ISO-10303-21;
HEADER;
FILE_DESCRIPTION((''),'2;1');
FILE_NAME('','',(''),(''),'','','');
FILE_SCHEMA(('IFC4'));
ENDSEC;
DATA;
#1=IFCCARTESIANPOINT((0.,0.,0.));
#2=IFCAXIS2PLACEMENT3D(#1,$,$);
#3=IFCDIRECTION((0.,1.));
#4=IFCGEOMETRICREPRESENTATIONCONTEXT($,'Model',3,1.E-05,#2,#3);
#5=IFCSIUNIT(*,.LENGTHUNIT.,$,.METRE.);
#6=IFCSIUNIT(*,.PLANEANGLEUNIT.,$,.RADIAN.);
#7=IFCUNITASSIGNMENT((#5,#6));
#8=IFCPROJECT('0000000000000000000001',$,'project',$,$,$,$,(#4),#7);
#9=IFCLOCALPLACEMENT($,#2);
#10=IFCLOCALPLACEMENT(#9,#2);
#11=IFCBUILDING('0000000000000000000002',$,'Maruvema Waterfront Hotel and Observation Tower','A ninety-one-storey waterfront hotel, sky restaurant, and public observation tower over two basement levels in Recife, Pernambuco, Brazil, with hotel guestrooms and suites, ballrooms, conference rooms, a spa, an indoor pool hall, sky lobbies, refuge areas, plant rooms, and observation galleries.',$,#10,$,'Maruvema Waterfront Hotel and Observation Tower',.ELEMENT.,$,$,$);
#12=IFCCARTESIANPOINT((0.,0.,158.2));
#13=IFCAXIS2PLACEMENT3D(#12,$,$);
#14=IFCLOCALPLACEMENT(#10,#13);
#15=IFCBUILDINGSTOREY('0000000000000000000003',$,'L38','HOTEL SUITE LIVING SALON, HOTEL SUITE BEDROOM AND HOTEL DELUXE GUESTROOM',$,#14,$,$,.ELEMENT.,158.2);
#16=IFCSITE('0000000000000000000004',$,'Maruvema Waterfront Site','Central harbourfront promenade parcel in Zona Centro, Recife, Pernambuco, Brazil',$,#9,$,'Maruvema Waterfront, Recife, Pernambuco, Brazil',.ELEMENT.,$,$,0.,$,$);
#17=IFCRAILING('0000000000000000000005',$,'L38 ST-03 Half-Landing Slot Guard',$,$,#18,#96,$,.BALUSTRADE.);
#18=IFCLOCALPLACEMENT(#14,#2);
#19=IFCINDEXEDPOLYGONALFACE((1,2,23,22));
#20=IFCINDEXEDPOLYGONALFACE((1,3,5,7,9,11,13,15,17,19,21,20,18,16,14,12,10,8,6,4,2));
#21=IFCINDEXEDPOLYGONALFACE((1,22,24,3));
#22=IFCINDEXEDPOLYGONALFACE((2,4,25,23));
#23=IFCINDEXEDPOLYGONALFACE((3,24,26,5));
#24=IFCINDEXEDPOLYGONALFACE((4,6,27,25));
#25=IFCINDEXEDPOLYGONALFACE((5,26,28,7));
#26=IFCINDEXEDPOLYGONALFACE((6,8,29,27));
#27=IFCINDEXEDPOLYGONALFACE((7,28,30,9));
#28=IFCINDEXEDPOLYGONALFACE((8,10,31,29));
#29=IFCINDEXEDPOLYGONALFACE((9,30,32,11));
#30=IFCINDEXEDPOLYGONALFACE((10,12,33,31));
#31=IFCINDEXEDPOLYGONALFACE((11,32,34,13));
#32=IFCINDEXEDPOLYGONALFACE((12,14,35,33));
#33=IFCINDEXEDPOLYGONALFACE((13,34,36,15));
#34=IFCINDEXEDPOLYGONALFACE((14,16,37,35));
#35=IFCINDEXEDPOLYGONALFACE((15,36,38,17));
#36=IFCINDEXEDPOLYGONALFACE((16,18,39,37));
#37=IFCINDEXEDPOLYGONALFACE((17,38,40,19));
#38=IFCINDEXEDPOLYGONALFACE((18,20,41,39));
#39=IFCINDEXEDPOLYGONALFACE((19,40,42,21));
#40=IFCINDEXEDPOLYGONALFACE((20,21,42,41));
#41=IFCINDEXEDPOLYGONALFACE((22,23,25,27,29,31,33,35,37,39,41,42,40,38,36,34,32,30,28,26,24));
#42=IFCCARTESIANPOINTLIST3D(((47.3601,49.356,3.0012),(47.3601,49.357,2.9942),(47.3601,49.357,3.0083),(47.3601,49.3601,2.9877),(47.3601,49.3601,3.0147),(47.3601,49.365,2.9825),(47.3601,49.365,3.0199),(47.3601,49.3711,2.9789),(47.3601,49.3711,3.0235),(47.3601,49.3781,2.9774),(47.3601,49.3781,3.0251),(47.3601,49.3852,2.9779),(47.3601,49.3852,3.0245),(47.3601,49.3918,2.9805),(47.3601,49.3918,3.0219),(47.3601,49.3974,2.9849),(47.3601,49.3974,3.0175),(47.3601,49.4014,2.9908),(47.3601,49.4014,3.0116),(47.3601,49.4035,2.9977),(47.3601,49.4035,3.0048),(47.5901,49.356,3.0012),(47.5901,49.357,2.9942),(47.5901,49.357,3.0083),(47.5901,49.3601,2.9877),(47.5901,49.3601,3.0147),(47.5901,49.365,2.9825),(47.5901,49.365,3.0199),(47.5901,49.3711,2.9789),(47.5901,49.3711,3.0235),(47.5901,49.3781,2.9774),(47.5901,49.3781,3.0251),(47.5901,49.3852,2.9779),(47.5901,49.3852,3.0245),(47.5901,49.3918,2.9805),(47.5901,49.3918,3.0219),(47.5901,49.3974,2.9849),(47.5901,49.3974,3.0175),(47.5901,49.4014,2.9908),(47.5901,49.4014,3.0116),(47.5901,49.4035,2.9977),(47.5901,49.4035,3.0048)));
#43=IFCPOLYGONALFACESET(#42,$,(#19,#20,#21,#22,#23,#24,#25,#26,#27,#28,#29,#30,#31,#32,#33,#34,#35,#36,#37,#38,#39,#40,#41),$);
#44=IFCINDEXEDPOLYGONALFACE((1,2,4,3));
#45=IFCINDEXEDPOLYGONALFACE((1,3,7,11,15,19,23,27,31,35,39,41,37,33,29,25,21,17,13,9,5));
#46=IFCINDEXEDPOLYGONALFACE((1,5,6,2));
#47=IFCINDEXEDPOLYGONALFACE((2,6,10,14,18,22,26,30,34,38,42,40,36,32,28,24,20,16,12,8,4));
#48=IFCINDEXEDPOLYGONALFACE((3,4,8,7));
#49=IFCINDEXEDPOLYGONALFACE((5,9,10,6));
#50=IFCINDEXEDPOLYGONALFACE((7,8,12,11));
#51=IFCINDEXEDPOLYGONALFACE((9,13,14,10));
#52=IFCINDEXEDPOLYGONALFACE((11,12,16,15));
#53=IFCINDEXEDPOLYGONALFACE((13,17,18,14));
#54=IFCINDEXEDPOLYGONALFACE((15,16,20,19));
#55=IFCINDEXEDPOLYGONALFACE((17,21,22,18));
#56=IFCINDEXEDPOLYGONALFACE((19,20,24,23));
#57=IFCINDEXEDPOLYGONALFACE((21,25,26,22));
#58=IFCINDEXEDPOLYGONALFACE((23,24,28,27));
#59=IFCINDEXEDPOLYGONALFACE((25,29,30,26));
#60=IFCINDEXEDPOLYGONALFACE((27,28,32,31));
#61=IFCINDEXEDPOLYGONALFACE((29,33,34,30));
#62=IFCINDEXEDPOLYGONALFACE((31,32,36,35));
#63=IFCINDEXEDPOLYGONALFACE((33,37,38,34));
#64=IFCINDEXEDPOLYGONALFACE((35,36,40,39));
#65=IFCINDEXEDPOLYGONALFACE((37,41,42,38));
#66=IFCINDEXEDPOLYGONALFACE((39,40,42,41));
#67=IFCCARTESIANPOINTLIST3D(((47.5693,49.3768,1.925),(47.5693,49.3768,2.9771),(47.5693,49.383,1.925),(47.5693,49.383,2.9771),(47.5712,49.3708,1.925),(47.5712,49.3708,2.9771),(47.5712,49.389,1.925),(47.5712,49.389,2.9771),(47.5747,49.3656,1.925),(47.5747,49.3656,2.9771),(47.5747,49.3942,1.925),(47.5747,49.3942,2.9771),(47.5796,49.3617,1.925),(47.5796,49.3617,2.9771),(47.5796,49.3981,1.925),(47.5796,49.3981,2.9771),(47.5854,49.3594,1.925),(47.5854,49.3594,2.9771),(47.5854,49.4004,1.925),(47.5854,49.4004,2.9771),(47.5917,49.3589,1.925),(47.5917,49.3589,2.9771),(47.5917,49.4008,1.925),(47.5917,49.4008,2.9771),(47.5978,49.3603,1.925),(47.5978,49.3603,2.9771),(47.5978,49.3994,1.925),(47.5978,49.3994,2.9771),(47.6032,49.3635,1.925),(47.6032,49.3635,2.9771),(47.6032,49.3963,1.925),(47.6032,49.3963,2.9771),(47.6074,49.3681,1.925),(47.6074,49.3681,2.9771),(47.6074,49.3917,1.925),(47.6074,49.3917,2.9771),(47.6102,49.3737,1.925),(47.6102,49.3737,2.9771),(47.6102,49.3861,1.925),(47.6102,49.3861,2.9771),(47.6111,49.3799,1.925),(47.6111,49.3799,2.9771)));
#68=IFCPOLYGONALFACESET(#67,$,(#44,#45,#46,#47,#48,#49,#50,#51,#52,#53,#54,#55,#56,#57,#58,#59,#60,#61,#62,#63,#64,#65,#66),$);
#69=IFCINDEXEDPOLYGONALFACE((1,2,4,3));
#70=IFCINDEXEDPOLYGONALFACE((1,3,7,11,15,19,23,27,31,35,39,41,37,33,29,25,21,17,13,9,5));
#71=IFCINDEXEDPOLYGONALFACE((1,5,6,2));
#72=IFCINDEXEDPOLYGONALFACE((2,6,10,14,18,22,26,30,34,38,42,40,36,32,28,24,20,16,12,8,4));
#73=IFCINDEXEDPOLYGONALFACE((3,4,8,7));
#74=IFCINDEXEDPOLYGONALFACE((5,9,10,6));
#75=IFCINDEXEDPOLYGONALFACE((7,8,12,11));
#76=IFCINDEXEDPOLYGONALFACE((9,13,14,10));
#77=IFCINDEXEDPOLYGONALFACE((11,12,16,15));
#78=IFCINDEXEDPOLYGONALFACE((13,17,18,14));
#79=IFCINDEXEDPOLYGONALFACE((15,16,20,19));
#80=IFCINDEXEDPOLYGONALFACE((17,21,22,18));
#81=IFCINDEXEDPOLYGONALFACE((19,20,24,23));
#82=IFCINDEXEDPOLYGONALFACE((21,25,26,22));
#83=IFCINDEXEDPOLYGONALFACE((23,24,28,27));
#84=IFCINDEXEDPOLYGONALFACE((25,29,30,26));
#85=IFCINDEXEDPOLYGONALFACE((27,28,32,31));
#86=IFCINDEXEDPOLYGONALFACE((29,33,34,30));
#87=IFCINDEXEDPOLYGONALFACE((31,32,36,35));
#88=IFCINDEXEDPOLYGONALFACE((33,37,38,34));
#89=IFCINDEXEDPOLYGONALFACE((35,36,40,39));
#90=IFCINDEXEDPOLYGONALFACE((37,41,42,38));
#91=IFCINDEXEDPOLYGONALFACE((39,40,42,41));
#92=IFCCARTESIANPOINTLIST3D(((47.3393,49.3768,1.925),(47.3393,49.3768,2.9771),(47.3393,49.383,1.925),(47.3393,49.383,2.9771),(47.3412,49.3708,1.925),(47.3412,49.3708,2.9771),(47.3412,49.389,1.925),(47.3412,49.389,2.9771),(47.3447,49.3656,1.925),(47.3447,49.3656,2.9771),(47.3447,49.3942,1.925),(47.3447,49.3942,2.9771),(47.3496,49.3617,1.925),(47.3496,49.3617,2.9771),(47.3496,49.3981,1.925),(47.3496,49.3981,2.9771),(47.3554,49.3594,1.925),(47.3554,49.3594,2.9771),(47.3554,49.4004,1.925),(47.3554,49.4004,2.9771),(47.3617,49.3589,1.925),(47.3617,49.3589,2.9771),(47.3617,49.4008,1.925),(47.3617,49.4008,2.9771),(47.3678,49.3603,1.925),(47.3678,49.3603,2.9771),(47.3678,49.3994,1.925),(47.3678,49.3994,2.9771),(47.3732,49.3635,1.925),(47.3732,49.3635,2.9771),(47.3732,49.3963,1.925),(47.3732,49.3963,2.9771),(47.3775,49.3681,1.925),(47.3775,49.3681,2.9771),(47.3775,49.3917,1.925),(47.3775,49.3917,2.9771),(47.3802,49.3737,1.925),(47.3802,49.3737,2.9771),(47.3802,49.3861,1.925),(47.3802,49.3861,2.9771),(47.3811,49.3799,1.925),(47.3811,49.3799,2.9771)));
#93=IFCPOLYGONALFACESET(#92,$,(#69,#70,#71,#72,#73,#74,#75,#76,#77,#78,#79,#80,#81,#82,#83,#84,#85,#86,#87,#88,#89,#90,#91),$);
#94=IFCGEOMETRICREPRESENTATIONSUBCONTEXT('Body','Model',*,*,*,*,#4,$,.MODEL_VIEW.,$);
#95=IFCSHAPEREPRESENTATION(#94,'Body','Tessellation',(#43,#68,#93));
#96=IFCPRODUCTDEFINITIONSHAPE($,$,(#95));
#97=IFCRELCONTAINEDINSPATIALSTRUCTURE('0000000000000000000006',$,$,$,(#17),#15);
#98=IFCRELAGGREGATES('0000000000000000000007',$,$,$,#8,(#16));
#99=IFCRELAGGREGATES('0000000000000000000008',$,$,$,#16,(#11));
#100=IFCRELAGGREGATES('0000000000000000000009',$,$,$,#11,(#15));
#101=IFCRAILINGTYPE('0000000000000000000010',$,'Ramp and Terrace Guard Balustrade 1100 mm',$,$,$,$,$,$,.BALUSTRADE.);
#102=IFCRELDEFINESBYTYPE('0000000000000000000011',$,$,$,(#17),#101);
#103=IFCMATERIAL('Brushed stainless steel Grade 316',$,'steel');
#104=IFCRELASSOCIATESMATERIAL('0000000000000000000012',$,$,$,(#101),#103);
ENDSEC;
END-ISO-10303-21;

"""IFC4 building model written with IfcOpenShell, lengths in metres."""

from ifc_helpers import new_model, si_unit, direction, frame, origin, origin_2d, place, context, subcontext, project, spatial, circle, extrude, material, type_object, element, save


model = new_model("IFC4")

# Units and contexts
model_context = context("Model", 3, precision=1e-05, world=origin(), true_north=direction((0.0, 1.0)))
body_context = subcontext(model_context, "Body", "Model", "MODEL_VIEW")
ifc_project = project(units=[si_unit("LENGTHUNIT", "METRE"), si_unit("PLANEANGLEUNIT", "RADIAN")], contexts=[model_context])

# Site, building, storey
site_placement = place(None, origin())
site = spatial("IfcSite", under=ifc_project, at=site_placement, Name="Maruvema Waterfront Site", Description="Central harbourfront promenade parcel in Zona Centro, Recife, Pernambuco, Brazil", LongName="Maruvema Waterfront, Recife, Pernambuco, Brazil", CompositionType="ELEMENT", RefElevation=0.0)
building_placement = place(site_placement, origin())
building = spatial("IfcBuilding", under=site, at=building_placement, Name="Maruvema Waterfront Hotel and Observation Tower", Description="A ninety-one-storey waterfront hotel, sky restaurant, and public observation tower over two basement levels in Recife, Pernambuco, Brazil, with hotel guestrooms and suites, ballrooms, conference rooms, a spa, an indoor pool hall, sky lobbies, refuge areas, plant rooms, and observation galleries.", LongName="Maruvema Waterfront Hotel and Observation Tower", CompositionType="ELEMENT")
storey_placement = place(building_placement, frame((0.0, 0.0, 158.2)))
storey = spatial("IfcBuildingStorey", under=building, at=storey_placement, Name="L38", Description="HOTEL SUITE LIVING SALON, HOTEL SUITE BEDROOM AND HOTEL DELUXE GUESTROOM", CompositionType="ELEMENT", Elevation=158.2)

# Railing
ifc_material_1 = material(Name="Brushed stainless steel Grade 316", Category="steel")
railing_type_1 = type_object("IfcRailingType", Name="Ramp and Terrace Guard Balustrade 1100 mm", PredefinedType="BALUSTRADE", material=ifc_material_1)
railing_1_placement = place(storey_placement, frame((47.5901, 49.3799, 1.925)))
element("IfcRailing", 1, at=railing_1_placement, inside=storey, type_object=railing_type_1, Name="L38 ST-03 Half-Landing Slot Guard", PredefinedType="BALUSTRADE", context=body_context, shape_type="SweptSolid", body=[
    extrude(circle(Radius=0.0239, at=origin_2d()), frame((0.0, 0.0, 1.0762), z_axis=(-1.0, 0.0, 0.0), x_axis=(0.0, -1.0, 0.0)), (0.0, 0.0, 1.0), 0.23),
    extrude(circle(Radius=0.021, at=origin_2d()), origin(), (0.0, 0.0, 1.0), 1.052),
    extrude(circle(Radius=0.021, at=origin_2d()), frame((-0.23, 0.0, 0.0)), (0.0, 0.0, 1.0), 1.052),
])

save(model, "model.ifc")
